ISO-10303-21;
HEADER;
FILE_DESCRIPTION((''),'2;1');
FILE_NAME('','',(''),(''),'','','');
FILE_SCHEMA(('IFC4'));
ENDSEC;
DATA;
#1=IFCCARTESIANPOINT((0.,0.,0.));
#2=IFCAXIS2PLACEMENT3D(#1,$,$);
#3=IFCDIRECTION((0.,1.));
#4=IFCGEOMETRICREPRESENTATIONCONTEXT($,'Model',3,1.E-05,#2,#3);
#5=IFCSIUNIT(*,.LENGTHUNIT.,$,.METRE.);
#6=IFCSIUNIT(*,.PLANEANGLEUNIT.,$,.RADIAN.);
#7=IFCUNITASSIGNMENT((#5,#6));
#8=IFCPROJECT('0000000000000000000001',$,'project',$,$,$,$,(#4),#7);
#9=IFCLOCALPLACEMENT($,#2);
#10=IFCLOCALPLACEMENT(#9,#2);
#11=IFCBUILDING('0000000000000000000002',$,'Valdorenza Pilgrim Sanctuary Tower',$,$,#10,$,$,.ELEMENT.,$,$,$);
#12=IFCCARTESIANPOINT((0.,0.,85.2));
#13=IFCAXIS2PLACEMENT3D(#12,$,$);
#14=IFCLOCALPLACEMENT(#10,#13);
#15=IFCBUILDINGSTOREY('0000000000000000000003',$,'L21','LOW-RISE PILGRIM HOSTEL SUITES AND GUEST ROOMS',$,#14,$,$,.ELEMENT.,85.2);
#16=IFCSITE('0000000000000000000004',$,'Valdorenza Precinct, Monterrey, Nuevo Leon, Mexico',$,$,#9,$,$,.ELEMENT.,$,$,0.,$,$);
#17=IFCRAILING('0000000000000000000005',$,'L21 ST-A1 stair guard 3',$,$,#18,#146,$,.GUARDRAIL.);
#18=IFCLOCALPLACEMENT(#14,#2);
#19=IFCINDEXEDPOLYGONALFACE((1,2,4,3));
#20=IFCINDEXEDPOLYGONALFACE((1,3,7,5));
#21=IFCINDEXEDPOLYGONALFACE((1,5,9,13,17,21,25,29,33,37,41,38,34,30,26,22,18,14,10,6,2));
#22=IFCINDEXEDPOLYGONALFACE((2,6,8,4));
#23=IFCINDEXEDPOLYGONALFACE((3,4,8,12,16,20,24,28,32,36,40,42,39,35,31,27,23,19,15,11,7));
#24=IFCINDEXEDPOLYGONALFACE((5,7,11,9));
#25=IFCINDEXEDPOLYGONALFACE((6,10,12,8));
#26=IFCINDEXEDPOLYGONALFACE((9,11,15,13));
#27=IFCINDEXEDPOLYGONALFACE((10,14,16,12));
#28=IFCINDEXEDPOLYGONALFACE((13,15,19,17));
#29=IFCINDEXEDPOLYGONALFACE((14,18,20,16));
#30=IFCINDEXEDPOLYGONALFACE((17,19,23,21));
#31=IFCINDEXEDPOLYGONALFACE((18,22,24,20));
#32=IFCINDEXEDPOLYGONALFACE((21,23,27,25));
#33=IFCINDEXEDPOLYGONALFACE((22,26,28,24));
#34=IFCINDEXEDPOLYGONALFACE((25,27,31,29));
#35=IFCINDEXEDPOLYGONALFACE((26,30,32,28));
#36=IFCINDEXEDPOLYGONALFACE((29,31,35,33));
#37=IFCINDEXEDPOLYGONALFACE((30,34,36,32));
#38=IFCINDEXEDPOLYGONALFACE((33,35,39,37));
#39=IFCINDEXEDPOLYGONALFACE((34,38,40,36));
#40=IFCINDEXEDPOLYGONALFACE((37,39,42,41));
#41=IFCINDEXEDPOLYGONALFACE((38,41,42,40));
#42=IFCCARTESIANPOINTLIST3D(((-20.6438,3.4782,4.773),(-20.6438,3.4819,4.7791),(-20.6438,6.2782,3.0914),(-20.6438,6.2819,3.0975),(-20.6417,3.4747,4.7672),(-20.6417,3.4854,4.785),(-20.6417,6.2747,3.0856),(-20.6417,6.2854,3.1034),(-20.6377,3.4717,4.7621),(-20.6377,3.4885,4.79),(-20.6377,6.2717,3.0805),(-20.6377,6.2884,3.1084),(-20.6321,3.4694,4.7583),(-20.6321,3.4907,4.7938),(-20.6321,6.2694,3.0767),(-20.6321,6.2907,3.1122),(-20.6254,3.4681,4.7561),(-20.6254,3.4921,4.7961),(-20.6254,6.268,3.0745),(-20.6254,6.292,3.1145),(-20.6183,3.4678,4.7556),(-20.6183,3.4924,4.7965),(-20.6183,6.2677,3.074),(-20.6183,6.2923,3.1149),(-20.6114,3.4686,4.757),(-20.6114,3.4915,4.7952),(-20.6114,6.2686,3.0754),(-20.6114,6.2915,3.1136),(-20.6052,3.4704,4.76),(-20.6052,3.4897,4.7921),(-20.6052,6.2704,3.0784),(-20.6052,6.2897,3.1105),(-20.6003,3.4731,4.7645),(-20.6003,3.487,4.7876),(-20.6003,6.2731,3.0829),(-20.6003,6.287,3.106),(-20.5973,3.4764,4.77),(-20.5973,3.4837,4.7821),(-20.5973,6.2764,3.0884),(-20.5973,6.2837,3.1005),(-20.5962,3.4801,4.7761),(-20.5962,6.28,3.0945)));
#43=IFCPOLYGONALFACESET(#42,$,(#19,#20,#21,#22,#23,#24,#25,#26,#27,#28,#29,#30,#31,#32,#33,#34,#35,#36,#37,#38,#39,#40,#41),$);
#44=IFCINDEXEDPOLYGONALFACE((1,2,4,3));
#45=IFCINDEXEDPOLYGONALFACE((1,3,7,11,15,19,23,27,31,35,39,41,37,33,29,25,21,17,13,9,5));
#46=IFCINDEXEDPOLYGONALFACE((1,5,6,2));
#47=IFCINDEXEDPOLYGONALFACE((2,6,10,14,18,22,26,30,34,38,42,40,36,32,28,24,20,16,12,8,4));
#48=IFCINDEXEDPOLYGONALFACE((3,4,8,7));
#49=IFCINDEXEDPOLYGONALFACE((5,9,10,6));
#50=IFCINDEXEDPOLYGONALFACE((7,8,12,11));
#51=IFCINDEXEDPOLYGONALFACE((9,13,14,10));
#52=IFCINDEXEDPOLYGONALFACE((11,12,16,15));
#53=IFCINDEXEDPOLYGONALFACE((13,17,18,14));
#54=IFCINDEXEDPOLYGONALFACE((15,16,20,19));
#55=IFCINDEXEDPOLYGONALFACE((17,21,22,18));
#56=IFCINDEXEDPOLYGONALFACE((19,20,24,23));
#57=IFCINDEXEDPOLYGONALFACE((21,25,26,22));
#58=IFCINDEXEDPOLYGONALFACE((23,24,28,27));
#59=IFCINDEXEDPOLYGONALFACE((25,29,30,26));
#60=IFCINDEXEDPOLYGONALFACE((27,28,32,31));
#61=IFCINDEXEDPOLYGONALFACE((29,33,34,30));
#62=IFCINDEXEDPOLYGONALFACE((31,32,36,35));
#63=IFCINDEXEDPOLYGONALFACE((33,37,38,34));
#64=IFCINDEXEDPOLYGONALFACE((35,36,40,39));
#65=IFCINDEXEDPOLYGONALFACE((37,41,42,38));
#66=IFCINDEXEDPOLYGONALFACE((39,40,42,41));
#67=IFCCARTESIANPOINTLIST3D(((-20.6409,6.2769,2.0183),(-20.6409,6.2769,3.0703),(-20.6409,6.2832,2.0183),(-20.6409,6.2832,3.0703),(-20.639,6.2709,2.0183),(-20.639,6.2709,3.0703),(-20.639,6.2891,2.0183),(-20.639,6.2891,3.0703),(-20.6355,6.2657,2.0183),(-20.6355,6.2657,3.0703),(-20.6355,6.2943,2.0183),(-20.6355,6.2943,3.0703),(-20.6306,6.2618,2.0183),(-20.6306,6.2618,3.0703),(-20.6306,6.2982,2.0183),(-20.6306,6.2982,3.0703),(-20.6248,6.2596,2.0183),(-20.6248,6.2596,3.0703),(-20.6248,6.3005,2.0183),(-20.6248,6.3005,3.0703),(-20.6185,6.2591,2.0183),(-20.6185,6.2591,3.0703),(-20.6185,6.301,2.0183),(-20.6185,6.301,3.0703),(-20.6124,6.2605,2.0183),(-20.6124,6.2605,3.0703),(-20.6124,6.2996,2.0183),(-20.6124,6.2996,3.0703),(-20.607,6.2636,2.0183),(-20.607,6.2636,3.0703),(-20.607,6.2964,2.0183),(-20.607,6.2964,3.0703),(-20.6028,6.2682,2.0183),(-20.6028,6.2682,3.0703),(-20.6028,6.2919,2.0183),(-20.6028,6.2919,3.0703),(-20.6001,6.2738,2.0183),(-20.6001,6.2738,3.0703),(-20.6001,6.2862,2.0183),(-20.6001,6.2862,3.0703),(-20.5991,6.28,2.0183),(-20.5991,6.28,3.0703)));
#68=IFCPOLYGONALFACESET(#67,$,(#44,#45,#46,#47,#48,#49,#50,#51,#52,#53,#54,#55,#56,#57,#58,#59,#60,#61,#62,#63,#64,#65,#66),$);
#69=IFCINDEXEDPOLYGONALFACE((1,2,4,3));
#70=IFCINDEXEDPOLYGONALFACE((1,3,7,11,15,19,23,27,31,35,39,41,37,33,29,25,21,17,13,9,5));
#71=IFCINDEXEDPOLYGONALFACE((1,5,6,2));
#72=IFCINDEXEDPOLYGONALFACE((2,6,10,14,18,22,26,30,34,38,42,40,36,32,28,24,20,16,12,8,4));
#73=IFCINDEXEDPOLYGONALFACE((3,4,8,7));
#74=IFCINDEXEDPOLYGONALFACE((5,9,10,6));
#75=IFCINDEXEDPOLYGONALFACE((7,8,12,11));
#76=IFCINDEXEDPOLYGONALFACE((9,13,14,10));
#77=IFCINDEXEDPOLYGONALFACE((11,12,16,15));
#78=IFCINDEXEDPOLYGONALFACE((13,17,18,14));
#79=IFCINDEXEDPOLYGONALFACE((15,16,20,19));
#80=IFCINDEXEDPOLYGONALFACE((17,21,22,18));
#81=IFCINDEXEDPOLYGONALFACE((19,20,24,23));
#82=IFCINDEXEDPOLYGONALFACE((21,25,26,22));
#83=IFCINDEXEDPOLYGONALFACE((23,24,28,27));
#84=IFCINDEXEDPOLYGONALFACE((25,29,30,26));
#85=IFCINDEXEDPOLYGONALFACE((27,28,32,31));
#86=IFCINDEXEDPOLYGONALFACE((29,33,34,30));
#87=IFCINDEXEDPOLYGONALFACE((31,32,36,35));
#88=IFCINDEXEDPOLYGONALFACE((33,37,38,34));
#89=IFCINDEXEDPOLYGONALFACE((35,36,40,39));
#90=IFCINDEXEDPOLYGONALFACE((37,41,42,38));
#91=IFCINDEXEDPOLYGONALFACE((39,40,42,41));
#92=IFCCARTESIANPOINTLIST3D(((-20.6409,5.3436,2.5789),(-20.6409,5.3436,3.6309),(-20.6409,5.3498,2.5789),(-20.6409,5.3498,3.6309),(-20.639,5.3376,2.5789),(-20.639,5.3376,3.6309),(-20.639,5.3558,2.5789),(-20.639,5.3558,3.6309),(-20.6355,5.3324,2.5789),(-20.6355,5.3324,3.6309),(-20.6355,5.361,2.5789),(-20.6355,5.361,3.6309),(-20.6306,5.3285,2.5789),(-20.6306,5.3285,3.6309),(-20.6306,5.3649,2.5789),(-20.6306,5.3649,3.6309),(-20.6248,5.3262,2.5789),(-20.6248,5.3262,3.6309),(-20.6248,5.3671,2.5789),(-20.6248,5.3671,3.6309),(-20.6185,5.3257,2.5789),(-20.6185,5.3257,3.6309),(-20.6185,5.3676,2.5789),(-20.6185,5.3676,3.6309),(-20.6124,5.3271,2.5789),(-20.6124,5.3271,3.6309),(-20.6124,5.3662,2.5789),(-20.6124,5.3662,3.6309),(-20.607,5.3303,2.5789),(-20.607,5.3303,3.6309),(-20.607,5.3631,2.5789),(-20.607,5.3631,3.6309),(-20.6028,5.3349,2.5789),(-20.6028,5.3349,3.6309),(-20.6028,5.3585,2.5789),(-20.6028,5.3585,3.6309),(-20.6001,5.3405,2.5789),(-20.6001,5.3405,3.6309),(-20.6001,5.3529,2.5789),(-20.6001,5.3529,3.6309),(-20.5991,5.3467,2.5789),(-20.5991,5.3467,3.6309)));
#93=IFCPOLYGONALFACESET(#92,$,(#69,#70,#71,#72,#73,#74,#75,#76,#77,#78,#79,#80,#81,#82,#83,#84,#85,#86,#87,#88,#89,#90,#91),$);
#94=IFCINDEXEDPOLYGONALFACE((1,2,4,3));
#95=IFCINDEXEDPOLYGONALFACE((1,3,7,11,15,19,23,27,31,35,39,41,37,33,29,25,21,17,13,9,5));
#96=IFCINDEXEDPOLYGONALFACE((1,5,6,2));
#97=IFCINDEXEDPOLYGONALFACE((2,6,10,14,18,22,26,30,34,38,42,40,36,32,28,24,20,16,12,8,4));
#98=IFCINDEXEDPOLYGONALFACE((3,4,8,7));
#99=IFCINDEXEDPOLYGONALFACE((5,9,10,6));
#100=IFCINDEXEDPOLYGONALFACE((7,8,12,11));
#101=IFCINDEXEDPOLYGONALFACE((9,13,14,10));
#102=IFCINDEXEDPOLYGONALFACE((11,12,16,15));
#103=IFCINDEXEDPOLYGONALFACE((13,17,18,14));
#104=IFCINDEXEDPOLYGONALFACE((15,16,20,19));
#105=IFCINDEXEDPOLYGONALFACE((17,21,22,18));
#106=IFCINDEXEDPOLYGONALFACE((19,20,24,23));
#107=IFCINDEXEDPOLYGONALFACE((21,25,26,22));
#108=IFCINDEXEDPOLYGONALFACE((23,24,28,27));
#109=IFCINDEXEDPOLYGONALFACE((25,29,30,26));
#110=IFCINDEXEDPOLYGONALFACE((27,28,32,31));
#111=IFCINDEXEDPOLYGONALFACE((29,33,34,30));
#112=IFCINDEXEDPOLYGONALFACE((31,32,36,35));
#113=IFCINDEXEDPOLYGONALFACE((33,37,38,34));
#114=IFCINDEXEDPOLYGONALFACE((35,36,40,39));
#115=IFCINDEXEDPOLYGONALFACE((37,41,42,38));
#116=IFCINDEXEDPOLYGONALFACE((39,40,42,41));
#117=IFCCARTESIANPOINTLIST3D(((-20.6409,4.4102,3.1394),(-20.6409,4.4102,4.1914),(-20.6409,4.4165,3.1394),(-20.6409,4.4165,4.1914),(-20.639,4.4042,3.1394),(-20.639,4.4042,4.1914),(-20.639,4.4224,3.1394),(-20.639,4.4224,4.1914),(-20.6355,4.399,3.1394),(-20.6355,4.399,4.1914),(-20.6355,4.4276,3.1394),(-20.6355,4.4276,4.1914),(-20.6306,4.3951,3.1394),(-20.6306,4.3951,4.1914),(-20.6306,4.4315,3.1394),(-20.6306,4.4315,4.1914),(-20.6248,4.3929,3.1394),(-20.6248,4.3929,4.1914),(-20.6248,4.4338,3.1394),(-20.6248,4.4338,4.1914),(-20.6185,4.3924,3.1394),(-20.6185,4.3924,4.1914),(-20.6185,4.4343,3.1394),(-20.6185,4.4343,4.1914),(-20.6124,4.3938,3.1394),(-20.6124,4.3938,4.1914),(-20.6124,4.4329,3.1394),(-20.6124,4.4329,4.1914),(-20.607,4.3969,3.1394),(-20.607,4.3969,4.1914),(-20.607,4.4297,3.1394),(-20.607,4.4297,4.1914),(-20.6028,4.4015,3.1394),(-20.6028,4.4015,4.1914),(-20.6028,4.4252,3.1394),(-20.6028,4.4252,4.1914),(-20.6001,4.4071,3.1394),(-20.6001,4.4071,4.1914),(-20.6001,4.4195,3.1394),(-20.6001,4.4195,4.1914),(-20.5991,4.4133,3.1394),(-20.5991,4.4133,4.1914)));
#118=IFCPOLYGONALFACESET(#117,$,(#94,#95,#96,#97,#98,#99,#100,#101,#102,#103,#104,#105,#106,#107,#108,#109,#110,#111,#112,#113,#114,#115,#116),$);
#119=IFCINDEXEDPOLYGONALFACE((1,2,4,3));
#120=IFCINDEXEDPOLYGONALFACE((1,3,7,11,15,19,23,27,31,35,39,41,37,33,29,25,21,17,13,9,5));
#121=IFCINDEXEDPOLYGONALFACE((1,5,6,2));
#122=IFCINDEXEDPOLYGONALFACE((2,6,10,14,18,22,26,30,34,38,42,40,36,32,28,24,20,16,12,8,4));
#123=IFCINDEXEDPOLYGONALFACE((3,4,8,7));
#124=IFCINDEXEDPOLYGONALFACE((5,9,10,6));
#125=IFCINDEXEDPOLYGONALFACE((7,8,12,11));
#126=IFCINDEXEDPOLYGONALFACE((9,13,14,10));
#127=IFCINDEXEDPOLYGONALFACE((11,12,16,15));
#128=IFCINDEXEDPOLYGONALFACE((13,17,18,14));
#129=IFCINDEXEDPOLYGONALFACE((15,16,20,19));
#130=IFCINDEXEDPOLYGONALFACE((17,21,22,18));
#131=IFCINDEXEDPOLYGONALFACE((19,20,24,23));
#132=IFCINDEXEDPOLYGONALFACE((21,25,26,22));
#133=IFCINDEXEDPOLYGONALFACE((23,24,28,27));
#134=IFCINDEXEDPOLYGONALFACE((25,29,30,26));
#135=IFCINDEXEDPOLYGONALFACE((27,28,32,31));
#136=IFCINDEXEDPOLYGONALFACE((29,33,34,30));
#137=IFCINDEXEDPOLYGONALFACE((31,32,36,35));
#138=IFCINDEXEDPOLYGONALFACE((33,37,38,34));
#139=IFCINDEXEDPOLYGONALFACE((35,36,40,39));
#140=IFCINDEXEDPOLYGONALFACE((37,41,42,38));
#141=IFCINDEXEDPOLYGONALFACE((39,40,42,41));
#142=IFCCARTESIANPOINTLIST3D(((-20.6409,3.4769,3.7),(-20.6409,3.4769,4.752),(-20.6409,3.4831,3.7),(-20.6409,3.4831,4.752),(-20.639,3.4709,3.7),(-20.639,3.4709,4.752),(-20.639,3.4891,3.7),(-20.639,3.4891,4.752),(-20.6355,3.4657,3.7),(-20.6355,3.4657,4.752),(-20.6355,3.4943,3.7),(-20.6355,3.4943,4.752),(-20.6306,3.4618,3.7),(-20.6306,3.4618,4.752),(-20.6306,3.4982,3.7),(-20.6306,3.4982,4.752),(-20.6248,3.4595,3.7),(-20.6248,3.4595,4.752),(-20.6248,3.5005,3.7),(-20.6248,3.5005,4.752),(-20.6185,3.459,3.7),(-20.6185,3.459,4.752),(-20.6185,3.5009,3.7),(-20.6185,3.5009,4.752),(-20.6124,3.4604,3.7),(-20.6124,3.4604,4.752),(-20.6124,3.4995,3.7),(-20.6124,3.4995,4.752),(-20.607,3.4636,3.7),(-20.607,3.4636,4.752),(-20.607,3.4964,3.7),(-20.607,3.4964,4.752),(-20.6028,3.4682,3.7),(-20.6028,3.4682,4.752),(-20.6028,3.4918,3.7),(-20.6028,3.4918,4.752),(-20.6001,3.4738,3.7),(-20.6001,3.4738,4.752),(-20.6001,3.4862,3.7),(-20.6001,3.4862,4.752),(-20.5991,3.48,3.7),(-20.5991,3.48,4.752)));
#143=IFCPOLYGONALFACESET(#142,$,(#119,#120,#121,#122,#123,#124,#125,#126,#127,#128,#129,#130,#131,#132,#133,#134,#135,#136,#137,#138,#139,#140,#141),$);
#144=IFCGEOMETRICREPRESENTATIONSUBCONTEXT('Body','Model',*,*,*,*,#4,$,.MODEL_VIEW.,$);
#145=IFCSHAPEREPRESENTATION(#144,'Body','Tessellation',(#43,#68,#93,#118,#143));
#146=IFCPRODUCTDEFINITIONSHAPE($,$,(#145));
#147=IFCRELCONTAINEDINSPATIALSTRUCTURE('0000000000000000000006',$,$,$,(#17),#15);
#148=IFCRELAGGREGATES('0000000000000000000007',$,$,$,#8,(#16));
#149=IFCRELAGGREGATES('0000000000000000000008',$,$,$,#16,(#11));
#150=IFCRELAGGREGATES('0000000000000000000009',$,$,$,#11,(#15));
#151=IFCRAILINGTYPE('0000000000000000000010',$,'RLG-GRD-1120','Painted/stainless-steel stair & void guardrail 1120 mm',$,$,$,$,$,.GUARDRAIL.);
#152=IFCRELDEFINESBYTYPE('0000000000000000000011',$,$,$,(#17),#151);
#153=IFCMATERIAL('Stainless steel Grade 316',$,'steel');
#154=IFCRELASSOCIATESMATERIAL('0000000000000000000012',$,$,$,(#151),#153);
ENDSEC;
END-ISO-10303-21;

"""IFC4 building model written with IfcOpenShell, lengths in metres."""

from ifc_helpers import new_model, si_unit, direction, frame, origin, origin_2d, place, context, subcontext, project, spatial, circle, extrude, material, type_object, element, save


model = new_model("IFC4")

# Units and contexts
model_context = context("Model", 3, precision=1e-05, world=origin(), true_north=direction((0.0, 1.0)))
body_context = subcontext(model_context, "Body", "Model", "MODEL_VIEW")
ifc_project = project(units=[si_unit("LENGTHUNIT", "METRE"), si_unit("PLANEANGLEUNIT", "RADIAN")], contexts=[model_context])

# Site, building, storey
site_placement = place(None, origin())
site = spatial("IfcSite", under=ifc_project, at=site_placement, Name="Valdorenza Precinct, Monterrey, Nuevo Leon, Mexico", CompositionType="ELEMENT", RefElevation=0.0)
building_placement = place(site_placement, origin())
building = spatial("IfcBuilding", under=site, at=building_placement, Name="Valdorenza Pilgrim Sanctuary Tower", CompositionType="ELEMENT")
storey_placement = place(building_placement, frame((0.0, 0.0, 85.2)))
storey = spatial("IfcBuildingStorey", under=building, at=storey_placement, Name="L21", Description="LOW-RISE PILGRIM HOSTEL SUITES AND GUEST ROOMS", CompositionType="ELEMENT", Elevation=85.2)

# Railing
ifc_material_1 = material(Name="Stainless steel Grade 316", Category="steel")
railing_type_1 = type_object("IfcRailingType", Name="RLG-GRD-1120", Description="Painted/stainless-steel stair & void guardrail 1120 mm", PredefinedType="GUARDRAIL", material=ifc_material_1)
railing_1_placement = place(storey_placement, frame((-20.6201, 6.28, 2.0183)))
element("IfcRailing", 1, at=railing_1_placement, inside=storey, type_object=railing_type_1, Name="L21 ST-A1 stair guard 3", PredefinedType="GUARDRAIL", context=body_context, shape_type="SweptSolid", body=[
    extrude(circle(Radius=0.0239, at=origin_2d()), frame((0.0, 0.0, 1.0762), z_axis=(0.0, -0.857275, 0.514858), x_axis=(1.0, 0.0, 0.0)), (0.0, 0.0, 1.0), 3.2661),
    extrude(circle(Radius=0.021, at=origin_2d()), origin(), (0.0, 0.0, 1.0), 1.052),
    extrude(circle(Radius=0.021, at=origin_2d()), frame((0.0, -0.9333, 0.5605)), (0.0, 0.0, 1.0), 1.052),
    extrude(circle(Radius=0.021, at=origin_2d()), frame((0.0, -1.8667, 1.1211)), (0.0, 0.0, 1.0), 1.052),
    extrude(circle(Radius=0.021, at=origin_2d()), frame((0.0, -2.8, 1.6816)), (0.0, 0.0, 1.0), 1.052),
])

save(model, "model.ifc")
